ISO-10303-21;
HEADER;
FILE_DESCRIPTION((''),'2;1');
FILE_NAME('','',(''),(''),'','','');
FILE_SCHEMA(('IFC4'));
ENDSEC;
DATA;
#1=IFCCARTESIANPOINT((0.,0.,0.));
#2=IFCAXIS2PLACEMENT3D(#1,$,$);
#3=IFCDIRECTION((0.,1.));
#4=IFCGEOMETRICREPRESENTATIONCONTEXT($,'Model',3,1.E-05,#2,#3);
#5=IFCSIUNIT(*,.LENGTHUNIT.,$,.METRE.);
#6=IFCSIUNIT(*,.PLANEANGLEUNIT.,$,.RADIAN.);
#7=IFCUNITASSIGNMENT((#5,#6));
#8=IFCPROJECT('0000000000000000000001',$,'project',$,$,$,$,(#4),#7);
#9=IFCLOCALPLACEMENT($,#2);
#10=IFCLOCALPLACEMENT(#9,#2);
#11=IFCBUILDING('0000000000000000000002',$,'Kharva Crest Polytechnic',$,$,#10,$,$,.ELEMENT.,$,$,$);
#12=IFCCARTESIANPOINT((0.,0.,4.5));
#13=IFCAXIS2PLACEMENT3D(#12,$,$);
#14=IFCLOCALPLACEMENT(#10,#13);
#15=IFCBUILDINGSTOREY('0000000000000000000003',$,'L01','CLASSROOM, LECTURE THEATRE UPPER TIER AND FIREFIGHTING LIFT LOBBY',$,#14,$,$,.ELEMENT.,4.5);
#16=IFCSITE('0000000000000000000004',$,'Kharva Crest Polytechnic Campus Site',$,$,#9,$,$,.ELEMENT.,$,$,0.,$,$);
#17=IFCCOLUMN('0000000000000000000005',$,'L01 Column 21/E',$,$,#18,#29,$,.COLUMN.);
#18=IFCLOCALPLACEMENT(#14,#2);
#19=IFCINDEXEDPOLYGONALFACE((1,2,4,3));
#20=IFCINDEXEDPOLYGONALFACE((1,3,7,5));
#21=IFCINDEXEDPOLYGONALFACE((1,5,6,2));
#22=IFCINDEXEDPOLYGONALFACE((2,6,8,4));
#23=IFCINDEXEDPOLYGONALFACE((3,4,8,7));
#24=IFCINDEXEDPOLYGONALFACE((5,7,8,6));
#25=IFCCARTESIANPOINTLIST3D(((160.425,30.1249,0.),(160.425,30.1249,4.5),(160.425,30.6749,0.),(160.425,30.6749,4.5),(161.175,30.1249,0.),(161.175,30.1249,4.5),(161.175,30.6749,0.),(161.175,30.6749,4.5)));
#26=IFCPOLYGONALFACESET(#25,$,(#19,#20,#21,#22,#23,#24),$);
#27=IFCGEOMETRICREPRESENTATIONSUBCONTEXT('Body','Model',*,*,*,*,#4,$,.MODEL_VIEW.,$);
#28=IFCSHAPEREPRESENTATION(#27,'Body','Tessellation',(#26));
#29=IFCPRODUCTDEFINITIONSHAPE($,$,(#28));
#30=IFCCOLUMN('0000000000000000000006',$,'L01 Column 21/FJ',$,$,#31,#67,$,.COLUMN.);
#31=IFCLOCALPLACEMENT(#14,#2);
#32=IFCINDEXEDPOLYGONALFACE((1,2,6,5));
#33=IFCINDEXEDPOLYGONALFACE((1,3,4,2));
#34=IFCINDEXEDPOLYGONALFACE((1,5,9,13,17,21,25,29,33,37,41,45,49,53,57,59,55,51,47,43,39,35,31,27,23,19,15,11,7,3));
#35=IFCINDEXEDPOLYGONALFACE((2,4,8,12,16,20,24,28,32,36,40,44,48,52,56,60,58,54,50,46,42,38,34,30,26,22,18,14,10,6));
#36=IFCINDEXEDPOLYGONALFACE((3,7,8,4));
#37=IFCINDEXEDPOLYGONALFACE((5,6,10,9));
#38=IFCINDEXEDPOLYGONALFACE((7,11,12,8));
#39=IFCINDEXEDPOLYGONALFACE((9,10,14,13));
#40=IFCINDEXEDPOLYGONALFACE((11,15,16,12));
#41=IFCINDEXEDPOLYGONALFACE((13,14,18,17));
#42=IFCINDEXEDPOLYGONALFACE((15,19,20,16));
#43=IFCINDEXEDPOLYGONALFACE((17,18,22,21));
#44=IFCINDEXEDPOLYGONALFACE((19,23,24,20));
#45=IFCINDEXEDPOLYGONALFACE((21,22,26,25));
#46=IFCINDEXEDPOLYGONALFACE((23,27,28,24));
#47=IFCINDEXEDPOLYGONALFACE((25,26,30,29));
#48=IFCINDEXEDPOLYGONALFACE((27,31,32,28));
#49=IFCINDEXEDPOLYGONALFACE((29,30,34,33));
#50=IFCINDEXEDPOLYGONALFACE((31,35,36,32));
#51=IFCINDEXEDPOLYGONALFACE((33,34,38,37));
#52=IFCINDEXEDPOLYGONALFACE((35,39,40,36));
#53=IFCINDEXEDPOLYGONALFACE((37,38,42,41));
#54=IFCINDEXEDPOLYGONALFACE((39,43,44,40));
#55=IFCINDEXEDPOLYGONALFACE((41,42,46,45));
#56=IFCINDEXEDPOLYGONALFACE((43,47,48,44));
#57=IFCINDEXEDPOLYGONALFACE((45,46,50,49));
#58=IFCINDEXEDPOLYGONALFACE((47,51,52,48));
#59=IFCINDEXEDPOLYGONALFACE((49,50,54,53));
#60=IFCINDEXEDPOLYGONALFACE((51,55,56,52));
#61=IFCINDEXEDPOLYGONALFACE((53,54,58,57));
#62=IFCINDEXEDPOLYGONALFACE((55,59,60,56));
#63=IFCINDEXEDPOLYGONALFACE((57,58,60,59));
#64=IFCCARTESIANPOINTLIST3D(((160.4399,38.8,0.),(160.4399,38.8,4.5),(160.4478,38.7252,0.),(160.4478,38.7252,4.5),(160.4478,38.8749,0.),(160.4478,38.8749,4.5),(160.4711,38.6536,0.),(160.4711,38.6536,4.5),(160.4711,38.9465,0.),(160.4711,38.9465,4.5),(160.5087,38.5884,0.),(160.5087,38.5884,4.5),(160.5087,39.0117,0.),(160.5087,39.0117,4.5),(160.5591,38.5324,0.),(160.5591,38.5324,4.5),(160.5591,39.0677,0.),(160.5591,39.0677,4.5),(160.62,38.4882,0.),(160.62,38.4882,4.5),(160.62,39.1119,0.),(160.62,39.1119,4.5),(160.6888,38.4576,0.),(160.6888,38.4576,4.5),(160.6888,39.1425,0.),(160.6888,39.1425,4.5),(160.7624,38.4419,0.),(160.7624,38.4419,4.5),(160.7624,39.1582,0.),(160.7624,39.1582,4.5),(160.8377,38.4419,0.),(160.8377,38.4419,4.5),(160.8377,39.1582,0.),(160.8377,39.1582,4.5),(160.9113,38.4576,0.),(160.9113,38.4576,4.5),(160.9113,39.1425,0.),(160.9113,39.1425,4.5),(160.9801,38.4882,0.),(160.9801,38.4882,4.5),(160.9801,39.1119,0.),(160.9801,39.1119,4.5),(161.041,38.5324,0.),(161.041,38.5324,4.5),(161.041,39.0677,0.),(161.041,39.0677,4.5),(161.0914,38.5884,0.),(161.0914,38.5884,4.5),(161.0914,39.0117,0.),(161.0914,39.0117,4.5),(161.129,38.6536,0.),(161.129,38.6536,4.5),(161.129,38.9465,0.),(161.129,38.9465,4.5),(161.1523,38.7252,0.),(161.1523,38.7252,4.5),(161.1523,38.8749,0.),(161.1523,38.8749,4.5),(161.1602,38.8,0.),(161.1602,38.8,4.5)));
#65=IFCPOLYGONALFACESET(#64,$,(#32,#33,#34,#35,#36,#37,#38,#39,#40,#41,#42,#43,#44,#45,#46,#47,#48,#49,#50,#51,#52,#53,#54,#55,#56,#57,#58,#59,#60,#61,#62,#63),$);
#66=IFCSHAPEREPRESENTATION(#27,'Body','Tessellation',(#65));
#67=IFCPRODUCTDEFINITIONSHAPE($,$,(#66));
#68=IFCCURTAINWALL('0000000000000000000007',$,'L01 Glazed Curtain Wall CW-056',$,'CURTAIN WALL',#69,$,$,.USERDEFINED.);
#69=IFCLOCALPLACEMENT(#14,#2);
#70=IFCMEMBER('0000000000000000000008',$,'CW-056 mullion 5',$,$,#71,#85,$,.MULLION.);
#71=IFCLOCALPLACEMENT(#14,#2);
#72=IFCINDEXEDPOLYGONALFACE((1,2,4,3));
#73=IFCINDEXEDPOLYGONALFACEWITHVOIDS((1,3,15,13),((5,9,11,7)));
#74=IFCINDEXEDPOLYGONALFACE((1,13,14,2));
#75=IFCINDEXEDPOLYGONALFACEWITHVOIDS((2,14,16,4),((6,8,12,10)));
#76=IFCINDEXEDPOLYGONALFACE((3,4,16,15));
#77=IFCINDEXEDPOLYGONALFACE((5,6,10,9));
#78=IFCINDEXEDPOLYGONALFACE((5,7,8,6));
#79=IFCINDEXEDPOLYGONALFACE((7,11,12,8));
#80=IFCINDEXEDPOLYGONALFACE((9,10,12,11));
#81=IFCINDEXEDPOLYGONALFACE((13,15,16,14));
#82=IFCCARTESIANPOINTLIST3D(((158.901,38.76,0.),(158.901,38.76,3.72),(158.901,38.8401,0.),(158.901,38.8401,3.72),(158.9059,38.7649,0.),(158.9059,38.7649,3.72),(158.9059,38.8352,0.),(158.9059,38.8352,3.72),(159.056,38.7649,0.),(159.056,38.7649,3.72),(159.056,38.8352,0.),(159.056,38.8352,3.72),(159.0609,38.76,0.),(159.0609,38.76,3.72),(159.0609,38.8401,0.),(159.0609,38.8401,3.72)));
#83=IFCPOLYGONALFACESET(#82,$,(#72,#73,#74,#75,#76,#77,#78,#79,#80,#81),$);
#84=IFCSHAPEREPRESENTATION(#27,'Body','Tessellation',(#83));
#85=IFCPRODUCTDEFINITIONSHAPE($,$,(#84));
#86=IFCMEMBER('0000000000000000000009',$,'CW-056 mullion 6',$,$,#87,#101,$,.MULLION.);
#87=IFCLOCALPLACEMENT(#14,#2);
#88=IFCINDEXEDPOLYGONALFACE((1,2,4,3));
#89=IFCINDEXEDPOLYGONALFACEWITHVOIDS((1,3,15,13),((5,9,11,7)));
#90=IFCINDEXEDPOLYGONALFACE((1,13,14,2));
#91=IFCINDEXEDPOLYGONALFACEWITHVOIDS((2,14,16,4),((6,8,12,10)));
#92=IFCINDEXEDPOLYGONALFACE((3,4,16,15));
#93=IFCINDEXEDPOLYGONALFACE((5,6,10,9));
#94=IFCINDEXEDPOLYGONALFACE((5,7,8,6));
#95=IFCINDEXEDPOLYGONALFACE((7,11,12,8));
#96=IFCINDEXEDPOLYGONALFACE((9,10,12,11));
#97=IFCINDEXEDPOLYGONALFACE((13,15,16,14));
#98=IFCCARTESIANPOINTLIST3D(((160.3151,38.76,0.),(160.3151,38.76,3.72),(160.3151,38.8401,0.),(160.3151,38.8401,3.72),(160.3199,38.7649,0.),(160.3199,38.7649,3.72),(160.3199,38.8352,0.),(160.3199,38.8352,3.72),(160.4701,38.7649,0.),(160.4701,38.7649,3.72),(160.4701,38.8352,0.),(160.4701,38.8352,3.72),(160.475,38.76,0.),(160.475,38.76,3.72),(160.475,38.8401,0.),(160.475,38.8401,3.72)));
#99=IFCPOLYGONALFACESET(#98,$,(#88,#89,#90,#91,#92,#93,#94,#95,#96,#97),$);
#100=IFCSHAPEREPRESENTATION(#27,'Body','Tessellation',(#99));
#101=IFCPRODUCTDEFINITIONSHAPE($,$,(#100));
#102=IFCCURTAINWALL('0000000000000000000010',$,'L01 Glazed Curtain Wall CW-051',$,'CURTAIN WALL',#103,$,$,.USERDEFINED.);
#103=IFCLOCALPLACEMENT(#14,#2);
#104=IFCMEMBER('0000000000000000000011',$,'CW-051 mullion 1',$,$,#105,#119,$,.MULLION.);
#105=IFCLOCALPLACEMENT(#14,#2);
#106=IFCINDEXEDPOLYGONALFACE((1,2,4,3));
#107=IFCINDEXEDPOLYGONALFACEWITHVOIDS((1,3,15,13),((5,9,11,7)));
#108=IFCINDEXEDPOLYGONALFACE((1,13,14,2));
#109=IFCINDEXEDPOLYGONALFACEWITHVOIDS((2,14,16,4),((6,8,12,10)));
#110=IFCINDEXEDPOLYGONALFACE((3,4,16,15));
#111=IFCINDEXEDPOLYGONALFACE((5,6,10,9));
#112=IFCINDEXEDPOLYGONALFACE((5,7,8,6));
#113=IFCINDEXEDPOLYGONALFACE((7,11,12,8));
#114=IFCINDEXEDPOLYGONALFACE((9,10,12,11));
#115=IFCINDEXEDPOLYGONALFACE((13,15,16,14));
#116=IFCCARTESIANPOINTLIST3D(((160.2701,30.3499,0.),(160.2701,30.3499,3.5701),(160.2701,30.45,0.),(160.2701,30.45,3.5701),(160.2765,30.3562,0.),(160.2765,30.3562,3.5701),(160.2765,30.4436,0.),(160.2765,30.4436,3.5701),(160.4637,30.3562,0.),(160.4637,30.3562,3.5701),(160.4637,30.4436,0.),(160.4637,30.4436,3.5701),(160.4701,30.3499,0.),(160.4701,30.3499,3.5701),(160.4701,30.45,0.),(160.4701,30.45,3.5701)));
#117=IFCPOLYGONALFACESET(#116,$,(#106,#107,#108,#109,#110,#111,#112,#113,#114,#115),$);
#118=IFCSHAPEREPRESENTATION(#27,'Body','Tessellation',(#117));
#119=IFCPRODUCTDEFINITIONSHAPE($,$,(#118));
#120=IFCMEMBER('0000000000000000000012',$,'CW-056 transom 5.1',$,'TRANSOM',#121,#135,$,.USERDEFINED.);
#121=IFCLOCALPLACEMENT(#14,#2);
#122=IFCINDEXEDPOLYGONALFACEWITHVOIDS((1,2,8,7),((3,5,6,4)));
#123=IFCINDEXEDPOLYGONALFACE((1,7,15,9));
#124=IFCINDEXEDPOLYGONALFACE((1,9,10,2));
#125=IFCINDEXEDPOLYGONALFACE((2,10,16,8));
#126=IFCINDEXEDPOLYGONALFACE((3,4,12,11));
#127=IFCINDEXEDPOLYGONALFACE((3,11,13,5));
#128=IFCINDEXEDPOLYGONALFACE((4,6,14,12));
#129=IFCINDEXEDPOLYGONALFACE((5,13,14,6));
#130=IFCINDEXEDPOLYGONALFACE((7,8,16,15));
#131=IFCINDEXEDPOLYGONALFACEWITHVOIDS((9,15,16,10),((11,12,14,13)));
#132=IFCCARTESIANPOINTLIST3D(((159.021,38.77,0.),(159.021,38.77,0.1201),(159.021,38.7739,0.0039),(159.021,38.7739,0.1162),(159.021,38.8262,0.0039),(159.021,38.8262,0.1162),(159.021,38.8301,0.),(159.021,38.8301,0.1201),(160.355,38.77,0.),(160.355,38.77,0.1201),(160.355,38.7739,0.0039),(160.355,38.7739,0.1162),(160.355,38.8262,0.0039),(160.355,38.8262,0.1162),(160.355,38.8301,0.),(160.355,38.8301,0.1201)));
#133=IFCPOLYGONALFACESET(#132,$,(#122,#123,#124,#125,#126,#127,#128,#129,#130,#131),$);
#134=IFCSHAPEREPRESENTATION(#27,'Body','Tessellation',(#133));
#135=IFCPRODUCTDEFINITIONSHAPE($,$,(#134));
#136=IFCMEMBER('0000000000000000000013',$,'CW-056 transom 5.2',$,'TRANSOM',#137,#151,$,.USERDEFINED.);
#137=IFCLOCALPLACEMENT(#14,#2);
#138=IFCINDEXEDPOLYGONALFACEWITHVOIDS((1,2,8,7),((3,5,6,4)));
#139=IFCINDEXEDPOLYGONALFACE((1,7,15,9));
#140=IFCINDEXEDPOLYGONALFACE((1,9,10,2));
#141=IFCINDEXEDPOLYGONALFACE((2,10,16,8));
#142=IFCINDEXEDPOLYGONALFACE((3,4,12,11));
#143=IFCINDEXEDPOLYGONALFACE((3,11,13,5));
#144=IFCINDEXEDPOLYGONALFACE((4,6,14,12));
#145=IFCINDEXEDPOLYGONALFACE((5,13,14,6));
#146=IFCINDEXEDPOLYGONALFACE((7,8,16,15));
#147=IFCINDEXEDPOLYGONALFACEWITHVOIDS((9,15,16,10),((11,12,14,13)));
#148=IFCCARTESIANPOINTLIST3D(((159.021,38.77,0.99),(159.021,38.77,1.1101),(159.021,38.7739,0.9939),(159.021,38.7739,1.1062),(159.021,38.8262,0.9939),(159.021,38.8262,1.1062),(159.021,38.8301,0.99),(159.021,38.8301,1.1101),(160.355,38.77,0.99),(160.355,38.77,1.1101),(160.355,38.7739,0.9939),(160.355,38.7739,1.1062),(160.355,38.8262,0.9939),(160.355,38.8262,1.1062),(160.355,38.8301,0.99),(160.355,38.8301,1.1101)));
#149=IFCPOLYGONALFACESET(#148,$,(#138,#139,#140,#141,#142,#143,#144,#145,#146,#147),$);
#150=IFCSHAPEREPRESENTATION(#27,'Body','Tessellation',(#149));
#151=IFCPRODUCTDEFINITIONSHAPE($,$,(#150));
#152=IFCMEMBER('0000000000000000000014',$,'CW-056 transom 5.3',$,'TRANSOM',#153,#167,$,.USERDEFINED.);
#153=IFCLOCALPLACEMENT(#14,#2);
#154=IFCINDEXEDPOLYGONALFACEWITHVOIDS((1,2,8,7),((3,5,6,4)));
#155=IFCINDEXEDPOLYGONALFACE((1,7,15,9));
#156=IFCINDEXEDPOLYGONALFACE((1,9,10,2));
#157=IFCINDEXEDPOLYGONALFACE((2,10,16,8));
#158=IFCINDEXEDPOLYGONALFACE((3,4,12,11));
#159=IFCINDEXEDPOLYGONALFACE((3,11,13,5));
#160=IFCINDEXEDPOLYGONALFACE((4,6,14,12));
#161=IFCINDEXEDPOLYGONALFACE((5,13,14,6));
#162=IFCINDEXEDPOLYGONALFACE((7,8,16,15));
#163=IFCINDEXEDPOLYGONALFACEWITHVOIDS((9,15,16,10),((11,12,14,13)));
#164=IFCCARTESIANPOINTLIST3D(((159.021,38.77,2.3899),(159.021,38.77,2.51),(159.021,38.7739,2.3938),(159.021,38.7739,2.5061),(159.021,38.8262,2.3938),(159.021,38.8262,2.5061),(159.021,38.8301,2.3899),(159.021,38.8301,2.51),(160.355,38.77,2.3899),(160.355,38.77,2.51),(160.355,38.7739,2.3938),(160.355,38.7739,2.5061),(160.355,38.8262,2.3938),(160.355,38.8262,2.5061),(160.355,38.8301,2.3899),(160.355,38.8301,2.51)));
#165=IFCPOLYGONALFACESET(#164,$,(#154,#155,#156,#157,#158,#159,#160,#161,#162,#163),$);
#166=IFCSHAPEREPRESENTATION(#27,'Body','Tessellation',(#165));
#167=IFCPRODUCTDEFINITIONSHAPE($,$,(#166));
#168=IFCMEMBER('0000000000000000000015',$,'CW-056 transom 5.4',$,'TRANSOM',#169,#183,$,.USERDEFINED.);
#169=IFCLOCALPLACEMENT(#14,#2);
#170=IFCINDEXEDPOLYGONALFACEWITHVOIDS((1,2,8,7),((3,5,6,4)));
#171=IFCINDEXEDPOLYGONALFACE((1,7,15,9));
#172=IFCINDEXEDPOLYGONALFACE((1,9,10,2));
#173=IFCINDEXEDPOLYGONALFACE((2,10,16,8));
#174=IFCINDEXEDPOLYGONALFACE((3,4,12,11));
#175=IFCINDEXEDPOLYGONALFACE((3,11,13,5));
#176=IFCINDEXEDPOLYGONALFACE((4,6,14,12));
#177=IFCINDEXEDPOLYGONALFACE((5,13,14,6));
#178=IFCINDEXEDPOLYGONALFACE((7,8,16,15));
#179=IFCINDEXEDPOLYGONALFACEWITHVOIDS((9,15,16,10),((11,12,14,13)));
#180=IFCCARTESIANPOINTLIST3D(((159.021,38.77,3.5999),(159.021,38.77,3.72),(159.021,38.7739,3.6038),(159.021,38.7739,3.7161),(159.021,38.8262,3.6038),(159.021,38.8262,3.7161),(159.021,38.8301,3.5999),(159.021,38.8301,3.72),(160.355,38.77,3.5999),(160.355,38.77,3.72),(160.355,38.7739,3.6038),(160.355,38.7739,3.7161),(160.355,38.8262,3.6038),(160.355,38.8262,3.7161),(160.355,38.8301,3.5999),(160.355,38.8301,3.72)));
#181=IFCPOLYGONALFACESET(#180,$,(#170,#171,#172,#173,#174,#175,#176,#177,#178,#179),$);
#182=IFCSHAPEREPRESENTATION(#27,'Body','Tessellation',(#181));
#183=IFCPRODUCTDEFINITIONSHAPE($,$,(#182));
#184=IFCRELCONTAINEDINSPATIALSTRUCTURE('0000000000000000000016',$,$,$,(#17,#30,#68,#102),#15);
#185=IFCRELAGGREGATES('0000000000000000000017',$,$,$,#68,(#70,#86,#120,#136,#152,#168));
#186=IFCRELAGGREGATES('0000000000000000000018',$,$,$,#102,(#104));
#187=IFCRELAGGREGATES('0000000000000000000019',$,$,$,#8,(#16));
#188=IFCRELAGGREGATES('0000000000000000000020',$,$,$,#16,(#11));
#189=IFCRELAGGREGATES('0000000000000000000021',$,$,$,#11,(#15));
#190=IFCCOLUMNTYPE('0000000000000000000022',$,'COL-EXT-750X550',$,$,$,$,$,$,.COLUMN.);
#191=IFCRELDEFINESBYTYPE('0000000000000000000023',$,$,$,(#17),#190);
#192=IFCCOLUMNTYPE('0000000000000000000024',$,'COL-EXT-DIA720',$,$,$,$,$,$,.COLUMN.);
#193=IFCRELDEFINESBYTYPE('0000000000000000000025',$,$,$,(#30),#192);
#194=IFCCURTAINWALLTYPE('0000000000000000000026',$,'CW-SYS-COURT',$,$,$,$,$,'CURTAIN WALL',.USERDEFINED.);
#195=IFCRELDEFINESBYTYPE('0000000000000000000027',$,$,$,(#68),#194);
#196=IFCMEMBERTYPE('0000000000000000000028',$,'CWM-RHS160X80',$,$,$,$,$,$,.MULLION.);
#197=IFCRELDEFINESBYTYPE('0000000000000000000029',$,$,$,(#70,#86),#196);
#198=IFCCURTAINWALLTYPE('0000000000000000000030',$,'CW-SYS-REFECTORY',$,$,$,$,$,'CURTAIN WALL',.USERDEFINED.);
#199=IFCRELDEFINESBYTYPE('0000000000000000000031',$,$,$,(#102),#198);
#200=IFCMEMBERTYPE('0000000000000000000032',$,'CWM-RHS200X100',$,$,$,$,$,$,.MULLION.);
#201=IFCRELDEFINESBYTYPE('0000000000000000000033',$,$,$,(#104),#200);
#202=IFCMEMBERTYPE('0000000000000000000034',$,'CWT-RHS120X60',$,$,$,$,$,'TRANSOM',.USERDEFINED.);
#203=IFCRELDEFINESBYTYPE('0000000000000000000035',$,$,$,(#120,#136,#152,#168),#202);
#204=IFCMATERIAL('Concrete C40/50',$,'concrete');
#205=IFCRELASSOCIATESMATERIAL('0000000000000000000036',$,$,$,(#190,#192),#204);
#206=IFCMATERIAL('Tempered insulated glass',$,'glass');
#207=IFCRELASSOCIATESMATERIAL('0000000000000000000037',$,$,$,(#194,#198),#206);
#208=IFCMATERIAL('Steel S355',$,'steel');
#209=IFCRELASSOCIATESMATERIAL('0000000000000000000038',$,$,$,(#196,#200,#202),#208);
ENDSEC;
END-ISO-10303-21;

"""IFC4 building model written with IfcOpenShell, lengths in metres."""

from ifc_helpers import new_model, si_unit, direction, frame, origin, origin_2d, place, context, subcontext, project, spatial, rectangle, hollow_rectangle, circle, extrude, material, material_profile, profile_set, type_object, element, aggregate, save


model = new_model("IFC4")

# Units and contexts
model_context = context("Model", 3, precision=1e-05, world=origin(), true_north=direction((0.0, 1.0)))
body_context = subcontext(model_context, "Body", "Model", "MODEL_VIEW")
ifc_project = project(units=[si_unit("LENGTHUNIT", "METRE"), si_unit("PLANEANGLEUNIT", "RADIAN")], contexts=[model_context])

# Site, building, storey
site_placement = place(None, origin())
site = spatial("IfcSite", under=ifc_project, at=site_placement, Name="Kharva Crest Polytechnic Campus Site", CompositionType="ELEMENT", RefElevation=0.0)
building_placement = place(site_placement, origin())
building = spatial("IfcBuilding", under=site, at=building_placement, Name="Kharva Crest Polytechnic", CompositionType="ELEMENT")
storey_placement = place(building_placement, frame((0.0, 0.0, 4.5)))
storey = spatial("IfcBuildingStorey", under=building, at=storey_placement, Name="L01", Description="CLASSROOM, LECTURE THEATRE UPPER TIER AND FIREFIGHTING LIFT LOBBY", CompositionType="ELEMENT", Elevation=4.5)

# Columns
ifc_material_1 = material(Name="Concrete C40/50", Category="concrete")
ifc_material_profile_1 = material_profile(ifc_material_1, rectangle(XDim=0.75, YDim=0.55, at=origin_2d()), Name="RECT 750 X 550")
ifc_profile_set_1 = profile_set([ifc_material_profile_1], Name="Concrete C40/50")
column_type_1 = type_object("IfcColumnType", Name="COL-EXT-750X550", PredefinedType="COLUMN", material=ifc_profile_set_1)
column_1_placement = place(storey_placement, frame((160.8, 30.3999, 0.0), z_axis=(0.0, 0.0, 1.0), x_axis=(1.0, 0.0, 0.0)))
element("IfcColumn", 1, at=column_1_placement, inside=storey, type_object=column_type_1, Name="L01 Column 21/E", PredefinedType="COLUMN", context=body_context, shape_type="SweptSolid", body=[
    extrude(rectangle(XDim=0.75, YDim=0.55, at=origin_2d()), origin(), (0.0, 0.0, 1.0), 4.5),
])
ifc_material_profile_2 = material_profile(ifc_material_1, circle(Radius=0.3601, at=origin_2d()), Name="DIA 720")
ifc_profile_set_2 = profile_set([ifc_material_profile_2], Name="Concrete C40/50")
column_type_2 = type_object("IfcColumnType", Name="COL-EXT-DIA720", PredefinedType="COLUMN", material=ifc_profile_set_2)
column_2_placement = place(storey_placement, frame((160.8, 38.8, 0.0), z_axis=(0.0, 0.0, 1.0), x_axis=(1.0, 0.0, 0.0)))
element("IfcColumn", 2, at=column_2_placement, inside=storey, type_object=column_type_2, Name="L01 Column 21/FJ", PredefinedType="COLUMN", context=body_context, shape_type="SweptSolid", body=[
    extrude(circle(Radius=0.3601, at=origin_2d()), origin(), (0.0, 0.0, 1.0), 4.5),
])

# Curtain wall, members
ifc_material_2 = material(Name="Tempered insulated glass", Category="glass")
curtain_wall_type_1 = type_object("IfcCurtainWallType", Name="CW-SYS-COURT", ElementType="CURTAIN WALL", PredefinedType="USERDEFINED", material=ifc_material_2)
curtain_wall_1_placement = place(storey_placement, origin())
curtain_wall_1 = element("IfcCurtainWall", 3, at=curtain_wall_1_placement, inside=storey, type_object=curtain_wall_type_1, Name="L01 Glazed Curtain Wall CW-056", ObjectType="CURTAIN WALL", PredefinedType="USERDEFINED")
ifc_material_3 = material(Name="Steel S355", Category="steel")
ifc_material_profile_3 = material_profile(ifc_material_3, hollow_rectangle(XDim=0.0801, YDim=0.1599, WallThickness=0.0049, at=origin_2d()), Name="RHS 160X80X5.0")
ifc_profile_set_3 = profile_set([ifc_material_profile_3], Name="Steel S355")
member_type_1 = type_object("IfcMemberType", Name="CWM-RHS160X80", PredefinedType="MULLION", material=ifc_profile_set_3)
member_1_placement = place(storey_placement, frame((158.981, 38.8, 0.0), z_axis=(0.0, 0.0, 1.0), x_axis=(0.0, 1.0, 0.0)))
member_1 = element("IfcMember", 4, at=member_1_placement, type_object=member_type_1, Name="CW-056 mullion 5", PredefinedType="MULLION", context=body_context, shape_type="SweptSolid", body=[
    extrude(hollow_rectangle(XDim=0.0801, YDim=0.1599, WallThickness=0.0049, at=origin_2d()), origin(), (0.0, 0.0, 1.0), 3.72),
])
member_2_placement = place(storey_placement, frame((160.395, 38.8, 0.0), z_axis=(0.0, 0.0, 1.0), x_axis=(0.0, 1.0, 0.0)))
member_2 = element("IfcMember", 5, at=member_2_placement, type_object=member_type_1, Name="CW-056 mullion 6", PredefinedType="MULLION", context=body_context, shape_type="SweptSolid", body=[
    extrude(hollow_rectangle(XDim=0.0801, YDim=0.1599, WallThickness=0.0049, at=origin_2d()), origin(), (0.0, 0.0, 1.0), 3.72),
])

# Curtain wall, member
curtain_wall_type_2 = type_object("IfcCurtainWallType", Name="CW-SYS-REFECTORY", ElementType="CURTAIN WALL", PredefinedType="USERDEFINED", material=ifc_material_2)
curtain_wall_2_placement = place(storey_placement, origin())
curtain_wall_2 = element("IfcCurtainWall", 6, at=curtain_wall_2_placement, inside=storey, type_object=curtain_wall_type_2, Name="L01 Glazed Curtain Wall CW-051", ObjectType="CURTAIN WALL", PredefinedType="USERDEFINED")
ifc_material_profile_4 = material_profile(ifc_material_3, hollow_rectangle(XDim=0.1001, YDim=0.2, WallThickness=0.0063, at=origin_2d()), Name="RHS 200X100X6.3")
ifc_profile_set_4 = profile_set([ifc_material_profile_4], Name="Steel S355")
member_type_2 = type_object("IfcMemberType", Name="CWM-RHS200X100", PredefinedType="MULLION", material=ifc_profile_set_4)
member_3_placement = place(storey_placement, frame((160.3701, 30.3999, 0.0), z_axis=(0.0, 0.0, 1.0), x_axis=(0.0, -1.0, 0.0)))
member_3 = element("IfcMember", 7, at=member_3_placement, type_object=member_type_2, Name="CW-051 mullion 1", PredefinedType="MULLION", context=body_context, shape_type="SweptSolid", body=[
    extrude(hollow_rectangle(XDim=0.1001, YDim=0.2, WallThickness=0.0063, at=origin_2d()), origin(), (0.0, 0.0, 1.0), 3.5701),
])

# Members
ifc_material_profile_5 = material_profile(ifc_material_3, hollow_rectangle(XDim=0.0601, YDim=0.1201, WallThickness=0.0039, at=origin_2d()), Name="RHS 120X60X4.0")
ifc_profile_set_5 = profile_set([ifc_material_profile_5], Name="Steel S355")
member_type_3 = type_object("IfcMemberType", Name="CWT-RHS120X60", ElementType="TRANSOM", PredefinedType="USERDEFINED", material=ifc_profile_set_5)
member_4_placement = place(storey_placement, frame((159.021, 38.8, 0.0601), z_axis=(1.0, 0.0, 0.0), x_axis=(0.0, 1.0, 0.0)))
member_4 = element("IfcMember", 8, at=member_4_placement, type_object=member_type_3, Name="CW-056 transom 5.1", ObjectType="TRANSOM", PredefinedType="USERDEFINED", context=body_context, shape_type="SweptSolid", body=[
    extrude(hollow_rectangle(XDim=0.0601, YDim=0.1201, WallThickness=0.0039, at=origin_2d()), origin(), (0.0, 0.0, 1.0), 1.334),
])
member_5_placement = place(storey_placement, frame((159.021, 38.8, 1.05), z_axis=(1.0, 0.0, 0.0), x_axis=(0.0, 1.0, 0.0)))
member_5 = element("IfcMember", 9, at=member_5_placement, type_object=member_type_3, Name="CW-056 transom 5.2", ObjectType="TRANSOM", PredefinedType="USERDEFINED", context=body_context, shape_type="SweptSolid", body=[
    extrude(hollow_rectangle(XDim=0.0601, YDim=0.1201, WallThickness=0.0039, at=origin_2d()), origin(), (0.0, 0.0, 1.0), 1.334),
])
member_6_placement = place(storey_placement, frame((159.021, 38.8, 2.45), z_axis=(1.0, 0.0, 0.0), x_axis=(0.0, 1.0, 0.0)))
member_6 = element("IfcMember", 10, at=member_6_placement, type_object=member_type_3, Name="CW-056 transom 5.3", ObjectType="TRANSOM", PredefinedType="USERDEFINED", context=body_context, shape_type="SweptSolid", body=[
    extrude(hollow_rectangle(XDim=0.0601, YDim=0.1201, WallThickness=0.0039, at=origin_2d()), origin(), (0.0, 0.0, 1.0), 1.334),
])
member_7_placement = place(storey_placement, frame((159.021, 38.8, 3.6599), z_axis=(1.0, 0.0, 0.0), x_axis=(0.0, 1.0, 0.0)))
member_7 = element("IfcMember", 11, at=member_7_placement, type_object=member_type_3, Name="CW-056 transom 5.4", ObjectType="TRANSOM", PredefinedType="USERDEFINED", context=body_context, shape_type="SweptSolid", body=[
    extrude(hollow_rectangle(XDim=0.0601, YDim=0.1201, WallThickness=0.0039, at=origin_2d()), origin(), (0.0, 0.0, 1.0), 1.334),
])

aggregate(curtain_wall_1, [member_1, member_2, member_4, member_5, member_6, member_7])
aggregate(curtain_wall_2, [member_3])

save(model, "model.ifc")
